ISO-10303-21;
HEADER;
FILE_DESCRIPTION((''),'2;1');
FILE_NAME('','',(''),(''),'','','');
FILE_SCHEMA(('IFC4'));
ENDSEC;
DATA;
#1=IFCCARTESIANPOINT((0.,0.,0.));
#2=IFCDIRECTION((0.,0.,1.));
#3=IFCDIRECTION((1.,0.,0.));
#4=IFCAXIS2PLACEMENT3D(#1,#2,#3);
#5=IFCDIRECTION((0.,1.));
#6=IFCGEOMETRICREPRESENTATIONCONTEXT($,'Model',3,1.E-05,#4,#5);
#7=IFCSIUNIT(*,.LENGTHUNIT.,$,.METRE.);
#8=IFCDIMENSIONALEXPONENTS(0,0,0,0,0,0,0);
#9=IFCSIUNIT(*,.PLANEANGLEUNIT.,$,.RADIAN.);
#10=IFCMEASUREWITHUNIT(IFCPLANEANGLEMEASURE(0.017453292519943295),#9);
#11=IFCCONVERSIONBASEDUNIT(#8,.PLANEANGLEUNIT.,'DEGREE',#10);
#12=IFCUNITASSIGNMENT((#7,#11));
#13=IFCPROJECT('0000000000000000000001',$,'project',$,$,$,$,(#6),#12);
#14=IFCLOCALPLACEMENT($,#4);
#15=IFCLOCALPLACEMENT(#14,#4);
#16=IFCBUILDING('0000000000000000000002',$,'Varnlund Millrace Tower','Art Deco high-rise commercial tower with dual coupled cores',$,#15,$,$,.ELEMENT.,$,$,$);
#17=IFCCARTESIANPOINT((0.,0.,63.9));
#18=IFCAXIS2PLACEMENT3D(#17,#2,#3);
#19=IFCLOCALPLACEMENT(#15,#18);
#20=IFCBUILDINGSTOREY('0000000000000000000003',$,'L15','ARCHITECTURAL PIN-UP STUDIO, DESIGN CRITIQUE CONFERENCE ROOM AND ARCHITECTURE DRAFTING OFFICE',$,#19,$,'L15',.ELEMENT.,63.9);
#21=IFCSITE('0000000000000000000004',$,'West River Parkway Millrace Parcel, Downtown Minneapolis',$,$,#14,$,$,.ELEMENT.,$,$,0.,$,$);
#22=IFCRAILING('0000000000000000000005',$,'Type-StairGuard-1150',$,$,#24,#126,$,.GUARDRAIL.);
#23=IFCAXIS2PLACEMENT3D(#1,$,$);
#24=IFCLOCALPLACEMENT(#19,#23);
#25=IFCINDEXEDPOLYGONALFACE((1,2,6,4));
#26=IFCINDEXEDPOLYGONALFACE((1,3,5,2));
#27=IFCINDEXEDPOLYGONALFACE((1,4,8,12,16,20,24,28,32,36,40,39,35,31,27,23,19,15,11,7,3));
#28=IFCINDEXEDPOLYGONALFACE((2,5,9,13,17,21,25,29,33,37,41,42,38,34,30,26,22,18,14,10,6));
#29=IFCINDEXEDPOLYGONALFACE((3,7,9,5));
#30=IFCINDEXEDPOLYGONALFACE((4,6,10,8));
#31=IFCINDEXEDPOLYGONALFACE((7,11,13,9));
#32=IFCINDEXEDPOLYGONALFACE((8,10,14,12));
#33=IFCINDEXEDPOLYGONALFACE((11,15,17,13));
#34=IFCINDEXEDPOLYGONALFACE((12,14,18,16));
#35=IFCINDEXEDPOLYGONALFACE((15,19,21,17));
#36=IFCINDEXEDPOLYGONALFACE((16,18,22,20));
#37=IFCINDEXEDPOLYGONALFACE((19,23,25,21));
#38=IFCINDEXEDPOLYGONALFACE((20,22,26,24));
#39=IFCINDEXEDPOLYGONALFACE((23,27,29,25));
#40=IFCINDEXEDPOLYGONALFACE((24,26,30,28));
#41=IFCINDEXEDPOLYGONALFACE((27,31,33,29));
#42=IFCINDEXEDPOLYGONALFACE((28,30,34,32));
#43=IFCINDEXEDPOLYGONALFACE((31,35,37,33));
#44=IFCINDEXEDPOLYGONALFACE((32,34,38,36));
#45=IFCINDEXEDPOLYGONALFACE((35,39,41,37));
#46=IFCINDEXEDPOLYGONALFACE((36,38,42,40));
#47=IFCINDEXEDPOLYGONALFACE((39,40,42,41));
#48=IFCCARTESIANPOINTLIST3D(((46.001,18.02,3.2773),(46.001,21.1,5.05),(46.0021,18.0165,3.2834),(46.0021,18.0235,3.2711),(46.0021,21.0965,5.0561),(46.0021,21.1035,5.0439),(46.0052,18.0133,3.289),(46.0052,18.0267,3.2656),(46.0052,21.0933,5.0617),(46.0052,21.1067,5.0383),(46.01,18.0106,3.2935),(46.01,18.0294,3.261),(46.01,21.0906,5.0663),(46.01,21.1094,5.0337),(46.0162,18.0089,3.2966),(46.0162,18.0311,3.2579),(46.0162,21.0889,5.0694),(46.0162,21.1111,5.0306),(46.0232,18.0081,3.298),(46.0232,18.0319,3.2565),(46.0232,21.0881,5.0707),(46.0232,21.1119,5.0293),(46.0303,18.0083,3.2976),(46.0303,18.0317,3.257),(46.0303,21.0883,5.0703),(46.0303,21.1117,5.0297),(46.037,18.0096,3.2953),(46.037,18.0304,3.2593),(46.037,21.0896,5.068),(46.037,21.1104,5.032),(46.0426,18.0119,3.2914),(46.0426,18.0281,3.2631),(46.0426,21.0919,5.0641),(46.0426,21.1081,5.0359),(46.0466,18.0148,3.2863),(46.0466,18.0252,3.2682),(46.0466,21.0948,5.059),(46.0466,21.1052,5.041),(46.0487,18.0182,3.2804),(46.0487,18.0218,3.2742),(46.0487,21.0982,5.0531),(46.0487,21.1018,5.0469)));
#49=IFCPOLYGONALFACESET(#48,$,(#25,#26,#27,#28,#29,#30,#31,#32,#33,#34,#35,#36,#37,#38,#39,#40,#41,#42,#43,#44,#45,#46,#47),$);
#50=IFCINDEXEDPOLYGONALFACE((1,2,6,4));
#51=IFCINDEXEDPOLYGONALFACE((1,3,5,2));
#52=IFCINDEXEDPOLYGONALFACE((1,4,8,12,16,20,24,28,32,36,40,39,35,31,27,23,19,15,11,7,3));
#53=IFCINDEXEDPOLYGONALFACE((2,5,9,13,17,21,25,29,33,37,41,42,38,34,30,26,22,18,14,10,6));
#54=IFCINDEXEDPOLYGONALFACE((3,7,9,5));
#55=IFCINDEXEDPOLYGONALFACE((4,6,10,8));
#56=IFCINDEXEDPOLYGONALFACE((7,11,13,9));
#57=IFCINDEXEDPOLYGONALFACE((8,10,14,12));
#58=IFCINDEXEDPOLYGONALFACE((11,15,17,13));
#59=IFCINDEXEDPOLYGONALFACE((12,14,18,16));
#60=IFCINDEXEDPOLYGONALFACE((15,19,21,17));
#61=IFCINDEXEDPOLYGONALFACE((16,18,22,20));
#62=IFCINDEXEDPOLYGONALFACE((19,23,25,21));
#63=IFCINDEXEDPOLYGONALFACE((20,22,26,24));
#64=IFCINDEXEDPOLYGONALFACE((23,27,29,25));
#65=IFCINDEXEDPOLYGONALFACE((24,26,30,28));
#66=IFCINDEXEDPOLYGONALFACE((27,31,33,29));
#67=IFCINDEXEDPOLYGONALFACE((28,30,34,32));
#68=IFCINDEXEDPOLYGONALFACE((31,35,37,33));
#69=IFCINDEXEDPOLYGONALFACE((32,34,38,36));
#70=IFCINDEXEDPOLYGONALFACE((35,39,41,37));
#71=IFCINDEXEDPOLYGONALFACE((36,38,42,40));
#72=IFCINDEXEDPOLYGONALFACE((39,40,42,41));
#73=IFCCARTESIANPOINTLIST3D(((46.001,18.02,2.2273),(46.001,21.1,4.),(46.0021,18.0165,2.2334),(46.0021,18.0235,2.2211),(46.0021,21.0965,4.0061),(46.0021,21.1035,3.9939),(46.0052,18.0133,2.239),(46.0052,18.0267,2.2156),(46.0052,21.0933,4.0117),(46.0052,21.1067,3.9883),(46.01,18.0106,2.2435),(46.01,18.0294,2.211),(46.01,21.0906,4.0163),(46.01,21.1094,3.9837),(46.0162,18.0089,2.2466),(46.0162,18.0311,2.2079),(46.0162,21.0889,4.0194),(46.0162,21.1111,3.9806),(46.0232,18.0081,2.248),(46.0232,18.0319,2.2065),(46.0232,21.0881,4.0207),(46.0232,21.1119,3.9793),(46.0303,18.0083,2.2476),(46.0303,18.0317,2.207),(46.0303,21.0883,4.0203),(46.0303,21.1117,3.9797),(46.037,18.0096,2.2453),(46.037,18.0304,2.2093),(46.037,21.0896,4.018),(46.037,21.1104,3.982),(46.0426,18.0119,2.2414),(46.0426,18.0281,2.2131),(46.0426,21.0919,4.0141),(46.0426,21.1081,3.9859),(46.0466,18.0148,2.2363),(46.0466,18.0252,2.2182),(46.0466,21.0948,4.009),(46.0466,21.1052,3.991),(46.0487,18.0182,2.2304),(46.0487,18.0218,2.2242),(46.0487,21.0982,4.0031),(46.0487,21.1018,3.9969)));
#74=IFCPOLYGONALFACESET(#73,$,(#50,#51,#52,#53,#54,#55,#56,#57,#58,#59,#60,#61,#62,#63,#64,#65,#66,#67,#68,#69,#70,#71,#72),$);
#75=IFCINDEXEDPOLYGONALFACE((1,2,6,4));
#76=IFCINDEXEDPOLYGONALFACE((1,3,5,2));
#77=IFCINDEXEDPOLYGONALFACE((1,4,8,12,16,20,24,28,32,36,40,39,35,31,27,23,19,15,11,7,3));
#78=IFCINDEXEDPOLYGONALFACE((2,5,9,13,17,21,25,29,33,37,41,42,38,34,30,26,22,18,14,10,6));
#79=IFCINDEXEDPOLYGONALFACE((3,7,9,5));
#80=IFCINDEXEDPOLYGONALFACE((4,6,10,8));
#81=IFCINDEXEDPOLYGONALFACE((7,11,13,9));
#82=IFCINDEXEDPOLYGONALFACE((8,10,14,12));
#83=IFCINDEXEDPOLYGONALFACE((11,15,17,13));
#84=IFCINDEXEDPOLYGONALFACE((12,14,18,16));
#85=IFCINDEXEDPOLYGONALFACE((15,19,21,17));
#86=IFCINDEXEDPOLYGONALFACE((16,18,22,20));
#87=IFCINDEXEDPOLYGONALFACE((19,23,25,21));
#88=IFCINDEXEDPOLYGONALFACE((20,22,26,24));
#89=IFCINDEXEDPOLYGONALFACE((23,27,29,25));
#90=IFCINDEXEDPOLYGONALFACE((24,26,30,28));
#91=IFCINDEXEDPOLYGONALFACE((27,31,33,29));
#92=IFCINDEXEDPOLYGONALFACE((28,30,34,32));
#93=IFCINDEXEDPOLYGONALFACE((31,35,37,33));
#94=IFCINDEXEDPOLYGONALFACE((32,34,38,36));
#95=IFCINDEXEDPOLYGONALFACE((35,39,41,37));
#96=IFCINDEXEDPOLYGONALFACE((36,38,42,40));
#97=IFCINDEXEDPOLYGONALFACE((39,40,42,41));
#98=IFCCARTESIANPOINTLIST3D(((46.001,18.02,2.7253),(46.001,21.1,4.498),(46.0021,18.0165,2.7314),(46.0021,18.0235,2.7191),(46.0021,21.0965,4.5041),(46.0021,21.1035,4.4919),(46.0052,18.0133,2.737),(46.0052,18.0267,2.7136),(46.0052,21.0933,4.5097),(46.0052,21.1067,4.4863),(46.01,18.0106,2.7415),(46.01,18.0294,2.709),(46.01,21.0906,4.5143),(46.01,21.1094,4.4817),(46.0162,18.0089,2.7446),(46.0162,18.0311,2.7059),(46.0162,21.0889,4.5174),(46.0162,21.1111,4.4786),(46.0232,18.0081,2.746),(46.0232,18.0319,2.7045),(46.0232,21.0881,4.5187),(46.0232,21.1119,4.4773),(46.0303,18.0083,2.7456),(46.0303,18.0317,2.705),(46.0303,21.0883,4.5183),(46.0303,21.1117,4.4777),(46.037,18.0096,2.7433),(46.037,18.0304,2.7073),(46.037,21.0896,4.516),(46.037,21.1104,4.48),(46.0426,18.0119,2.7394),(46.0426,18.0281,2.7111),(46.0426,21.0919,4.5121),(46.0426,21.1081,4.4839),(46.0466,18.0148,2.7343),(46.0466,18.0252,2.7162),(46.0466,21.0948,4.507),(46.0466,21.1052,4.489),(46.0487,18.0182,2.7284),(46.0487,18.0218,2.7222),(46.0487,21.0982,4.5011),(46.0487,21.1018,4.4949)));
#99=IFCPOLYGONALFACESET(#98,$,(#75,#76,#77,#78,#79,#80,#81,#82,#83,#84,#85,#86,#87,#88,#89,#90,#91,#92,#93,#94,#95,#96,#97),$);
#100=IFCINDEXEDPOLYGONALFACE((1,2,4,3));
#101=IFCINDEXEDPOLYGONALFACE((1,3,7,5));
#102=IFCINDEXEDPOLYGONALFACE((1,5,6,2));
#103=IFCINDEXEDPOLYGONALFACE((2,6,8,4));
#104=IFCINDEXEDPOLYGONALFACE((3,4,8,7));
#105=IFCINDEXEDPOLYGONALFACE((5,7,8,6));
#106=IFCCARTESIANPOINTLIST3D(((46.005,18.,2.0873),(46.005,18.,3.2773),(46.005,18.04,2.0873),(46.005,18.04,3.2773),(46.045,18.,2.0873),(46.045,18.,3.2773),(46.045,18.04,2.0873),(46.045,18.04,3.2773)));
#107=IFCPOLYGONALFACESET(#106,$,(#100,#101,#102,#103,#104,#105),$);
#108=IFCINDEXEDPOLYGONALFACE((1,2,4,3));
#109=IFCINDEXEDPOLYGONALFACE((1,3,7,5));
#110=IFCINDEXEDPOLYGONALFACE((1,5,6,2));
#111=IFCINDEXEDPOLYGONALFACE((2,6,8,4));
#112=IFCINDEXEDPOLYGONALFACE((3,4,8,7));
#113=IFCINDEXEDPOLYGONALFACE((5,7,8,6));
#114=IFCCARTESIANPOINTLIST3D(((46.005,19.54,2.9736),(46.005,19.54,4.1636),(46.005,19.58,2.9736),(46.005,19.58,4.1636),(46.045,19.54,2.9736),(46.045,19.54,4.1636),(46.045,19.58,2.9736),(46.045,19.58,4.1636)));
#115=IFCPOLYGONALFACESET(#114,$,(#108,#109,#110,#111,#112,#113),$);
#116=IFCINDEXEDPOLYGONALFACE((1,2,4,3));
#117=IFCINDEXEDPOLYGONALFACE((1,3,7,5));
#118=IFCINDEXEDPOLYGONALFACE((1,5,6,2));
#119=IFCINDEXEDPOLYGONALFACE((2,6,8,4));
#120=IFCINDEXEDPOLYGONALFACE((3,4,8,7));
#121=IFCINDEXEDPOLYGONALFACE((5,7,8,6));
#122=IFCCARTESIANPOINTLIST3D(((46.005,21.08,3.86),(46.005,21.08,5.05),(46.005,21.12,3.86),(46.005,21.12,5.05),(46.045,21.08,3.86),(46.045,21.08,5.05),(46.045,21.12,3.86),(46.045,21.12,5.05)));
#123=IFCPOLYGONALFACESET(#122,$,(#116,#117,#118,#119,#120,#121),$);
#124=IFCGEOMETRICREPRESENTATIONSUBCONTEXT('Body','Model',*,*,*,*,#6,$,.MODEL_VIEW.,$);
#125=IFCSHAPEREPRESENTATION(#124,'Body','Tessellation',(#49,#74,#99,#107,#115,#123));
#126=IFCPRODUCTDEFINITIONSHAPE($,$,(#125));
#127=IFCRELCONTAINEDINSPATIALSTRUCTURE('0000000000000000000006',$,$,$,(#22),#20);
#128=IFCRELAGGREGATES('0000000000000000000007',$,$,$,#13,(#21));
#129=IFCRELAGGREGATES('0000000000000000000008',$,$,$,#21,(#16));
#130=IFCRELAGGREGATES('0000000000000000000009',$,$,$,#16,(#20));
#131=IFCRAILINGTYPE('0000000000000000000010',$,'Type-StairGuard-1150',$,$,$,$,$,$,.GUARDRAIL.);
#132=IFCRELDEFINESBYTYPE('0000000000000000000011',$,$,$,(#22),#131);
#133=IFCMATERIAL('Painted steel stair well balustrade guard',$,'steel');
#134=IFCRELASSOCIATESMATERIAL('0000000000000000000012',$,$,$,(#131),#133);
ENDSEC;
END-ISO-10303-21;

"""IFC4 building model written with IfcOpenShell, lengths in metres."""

from ifc_helpers import new_model, entity, si_unit, converted_unit, direction, frame, origin_with_axes, origin_2d_with_axis, place, context, subcontext, project, spatial, rectangle, circle, extrude, material, type_object, element, save


model = new_model("IFC4")

# Units and contexts
model_context = context("Model", 3, precision=1e-05, world=origin_with_axes(), true_north=direction((0.0, 1.0)))
body_context = subcontext(model_context, "Body", "Model", "MODEL_VIEW")
ifc_project = project(units=[si_unit("LENGTHUNIT", "METRE"), converted_unit("PLANEANGLEUNIT", "DEGREE", entity("IfcPlaneAngleMeasure", 0.017453292519943295), si_unit("PLANEANGLEUNIT", "RADIAN"), dimensions=[0, 0, 0, 0, 0, 0, 0])], contexts=[model_context])

# Site, building, storey
site_placement = place(None, origin_with_axes())
site = spatial("IfcSite", under=ifc_project, at=site_placement, Name="West River Parkway Millrace Parcel, Downtown Minneapolis", CompositionType="ELEMENT", RefElevation=0.0)
building_placement = place(site_placement, origin_with_axes())
building = spatial("IfcBuilding", under=site, at=building_placement, Name="Varnlund Millrace Tower", Description="Art Deco high-rise commercial tower with dual coupled cores", CompositionType="ELEMENT")
storey_placement = place(building_placement, frame((0.0, 0.0, 63.9), z_axis=(0.0, 0.0, 1.0), x_axis=(1.0, 0.0, 0.0)))
storey = spatial("IfcBuildingStorey", under=building, at=storey_placement, Name="L15", Description="ARCHITECTURAL PIN-UP STUDIO, DESIGN CRITIQUE CONFERENCE ROOM AND ARCHITECTURE DRAFTING OFFICE", LongName="L15", CompositionType="ELEMENT", Elevation=63.9)

# Railing
ifc_material_1 = material(Name="Painted steel stair well balustrade guard", Category="steel")
railing_type_1 = type_object("IfcRailingType", Name="Type-StairGuard-1150", PredefinedType="GUARDRAIL", material=ifc_material_1)
railing_1_placement = place(storey_placement, frame((0.0, 0.0, -63.9), z_axis=(0.0, 0.0, 1.0), x_axis=(1.0, 0.0, 0.0)))
element("IfcRailing", 1, at=railing_1_placement, inside=storey, type_object=railing_type_1, Name="Type-StairGuard-1150", PredefinedType="GUARDRAIL", context=body_context, shape_type="SweptSolid", body=[
    extrude(circle(Radius=0.024, at=origin_2d_with_axis()), frame((46.025, 18.02, 67.1773), z_axis=(0.0, 0.866696, 0.498836), x_axis=(-1.0, 0.0, 0.0)), (0.0, 0.0, 1.0), 3.5537),
    extrude(circle(Radius=0.024, at=origin_2d_with_axis()), frame((46.025, 18.02, 66.1273), z_axis=(0.0, 0.866696, 0.498836), x_axis=(-1.0, 0.0, 0.0)), (0.0, 0.0, 1.0), 3.5537),
    extrude(circle(Radius=0.024, at=origin_2d_with_axis()), frame((46.025, 18.02, 66.6253), z_axis=(0.0, 0.866696, 0.498836), x_axis=(-1.0, 0.0, 0.0)), (0.0, 0.0, 1.0), 3.5537),
    extrude(rectangle(XDim=0.04, YDim=0.04, at=origin_2d_with_axis()), frame((46.025, 18.02, 65.9873), z_axis=(0.0, 0.0, 1.0), x_axis=(1.0, 0.0, 0.0)), (0.0, 0.0, 1.0), 1.19),
    extrude(rectangle(XDim=0.04, YDim=0.04, at=origin_2d_with_axis()), frame((46.025, 19.56, 66.8736), z_axis=(0.0, 0.0, 1.0), x_axis=(1.0, 0.0, 0.0)), (0.0, 0.0, 1.0), 1.19),
    extrude(rectangle(XDim=0.04, YDim=0.04, at=origin_2d_with_axis()), frame((46.025, 21.1, 67.76), z_axis=(0.0, 0.0, 1.0), x_axis=(1.0, 0.0, 0.0)), (0.0, 0.0, 1.0), 1.19),
])

save(model, "model.ifc")
